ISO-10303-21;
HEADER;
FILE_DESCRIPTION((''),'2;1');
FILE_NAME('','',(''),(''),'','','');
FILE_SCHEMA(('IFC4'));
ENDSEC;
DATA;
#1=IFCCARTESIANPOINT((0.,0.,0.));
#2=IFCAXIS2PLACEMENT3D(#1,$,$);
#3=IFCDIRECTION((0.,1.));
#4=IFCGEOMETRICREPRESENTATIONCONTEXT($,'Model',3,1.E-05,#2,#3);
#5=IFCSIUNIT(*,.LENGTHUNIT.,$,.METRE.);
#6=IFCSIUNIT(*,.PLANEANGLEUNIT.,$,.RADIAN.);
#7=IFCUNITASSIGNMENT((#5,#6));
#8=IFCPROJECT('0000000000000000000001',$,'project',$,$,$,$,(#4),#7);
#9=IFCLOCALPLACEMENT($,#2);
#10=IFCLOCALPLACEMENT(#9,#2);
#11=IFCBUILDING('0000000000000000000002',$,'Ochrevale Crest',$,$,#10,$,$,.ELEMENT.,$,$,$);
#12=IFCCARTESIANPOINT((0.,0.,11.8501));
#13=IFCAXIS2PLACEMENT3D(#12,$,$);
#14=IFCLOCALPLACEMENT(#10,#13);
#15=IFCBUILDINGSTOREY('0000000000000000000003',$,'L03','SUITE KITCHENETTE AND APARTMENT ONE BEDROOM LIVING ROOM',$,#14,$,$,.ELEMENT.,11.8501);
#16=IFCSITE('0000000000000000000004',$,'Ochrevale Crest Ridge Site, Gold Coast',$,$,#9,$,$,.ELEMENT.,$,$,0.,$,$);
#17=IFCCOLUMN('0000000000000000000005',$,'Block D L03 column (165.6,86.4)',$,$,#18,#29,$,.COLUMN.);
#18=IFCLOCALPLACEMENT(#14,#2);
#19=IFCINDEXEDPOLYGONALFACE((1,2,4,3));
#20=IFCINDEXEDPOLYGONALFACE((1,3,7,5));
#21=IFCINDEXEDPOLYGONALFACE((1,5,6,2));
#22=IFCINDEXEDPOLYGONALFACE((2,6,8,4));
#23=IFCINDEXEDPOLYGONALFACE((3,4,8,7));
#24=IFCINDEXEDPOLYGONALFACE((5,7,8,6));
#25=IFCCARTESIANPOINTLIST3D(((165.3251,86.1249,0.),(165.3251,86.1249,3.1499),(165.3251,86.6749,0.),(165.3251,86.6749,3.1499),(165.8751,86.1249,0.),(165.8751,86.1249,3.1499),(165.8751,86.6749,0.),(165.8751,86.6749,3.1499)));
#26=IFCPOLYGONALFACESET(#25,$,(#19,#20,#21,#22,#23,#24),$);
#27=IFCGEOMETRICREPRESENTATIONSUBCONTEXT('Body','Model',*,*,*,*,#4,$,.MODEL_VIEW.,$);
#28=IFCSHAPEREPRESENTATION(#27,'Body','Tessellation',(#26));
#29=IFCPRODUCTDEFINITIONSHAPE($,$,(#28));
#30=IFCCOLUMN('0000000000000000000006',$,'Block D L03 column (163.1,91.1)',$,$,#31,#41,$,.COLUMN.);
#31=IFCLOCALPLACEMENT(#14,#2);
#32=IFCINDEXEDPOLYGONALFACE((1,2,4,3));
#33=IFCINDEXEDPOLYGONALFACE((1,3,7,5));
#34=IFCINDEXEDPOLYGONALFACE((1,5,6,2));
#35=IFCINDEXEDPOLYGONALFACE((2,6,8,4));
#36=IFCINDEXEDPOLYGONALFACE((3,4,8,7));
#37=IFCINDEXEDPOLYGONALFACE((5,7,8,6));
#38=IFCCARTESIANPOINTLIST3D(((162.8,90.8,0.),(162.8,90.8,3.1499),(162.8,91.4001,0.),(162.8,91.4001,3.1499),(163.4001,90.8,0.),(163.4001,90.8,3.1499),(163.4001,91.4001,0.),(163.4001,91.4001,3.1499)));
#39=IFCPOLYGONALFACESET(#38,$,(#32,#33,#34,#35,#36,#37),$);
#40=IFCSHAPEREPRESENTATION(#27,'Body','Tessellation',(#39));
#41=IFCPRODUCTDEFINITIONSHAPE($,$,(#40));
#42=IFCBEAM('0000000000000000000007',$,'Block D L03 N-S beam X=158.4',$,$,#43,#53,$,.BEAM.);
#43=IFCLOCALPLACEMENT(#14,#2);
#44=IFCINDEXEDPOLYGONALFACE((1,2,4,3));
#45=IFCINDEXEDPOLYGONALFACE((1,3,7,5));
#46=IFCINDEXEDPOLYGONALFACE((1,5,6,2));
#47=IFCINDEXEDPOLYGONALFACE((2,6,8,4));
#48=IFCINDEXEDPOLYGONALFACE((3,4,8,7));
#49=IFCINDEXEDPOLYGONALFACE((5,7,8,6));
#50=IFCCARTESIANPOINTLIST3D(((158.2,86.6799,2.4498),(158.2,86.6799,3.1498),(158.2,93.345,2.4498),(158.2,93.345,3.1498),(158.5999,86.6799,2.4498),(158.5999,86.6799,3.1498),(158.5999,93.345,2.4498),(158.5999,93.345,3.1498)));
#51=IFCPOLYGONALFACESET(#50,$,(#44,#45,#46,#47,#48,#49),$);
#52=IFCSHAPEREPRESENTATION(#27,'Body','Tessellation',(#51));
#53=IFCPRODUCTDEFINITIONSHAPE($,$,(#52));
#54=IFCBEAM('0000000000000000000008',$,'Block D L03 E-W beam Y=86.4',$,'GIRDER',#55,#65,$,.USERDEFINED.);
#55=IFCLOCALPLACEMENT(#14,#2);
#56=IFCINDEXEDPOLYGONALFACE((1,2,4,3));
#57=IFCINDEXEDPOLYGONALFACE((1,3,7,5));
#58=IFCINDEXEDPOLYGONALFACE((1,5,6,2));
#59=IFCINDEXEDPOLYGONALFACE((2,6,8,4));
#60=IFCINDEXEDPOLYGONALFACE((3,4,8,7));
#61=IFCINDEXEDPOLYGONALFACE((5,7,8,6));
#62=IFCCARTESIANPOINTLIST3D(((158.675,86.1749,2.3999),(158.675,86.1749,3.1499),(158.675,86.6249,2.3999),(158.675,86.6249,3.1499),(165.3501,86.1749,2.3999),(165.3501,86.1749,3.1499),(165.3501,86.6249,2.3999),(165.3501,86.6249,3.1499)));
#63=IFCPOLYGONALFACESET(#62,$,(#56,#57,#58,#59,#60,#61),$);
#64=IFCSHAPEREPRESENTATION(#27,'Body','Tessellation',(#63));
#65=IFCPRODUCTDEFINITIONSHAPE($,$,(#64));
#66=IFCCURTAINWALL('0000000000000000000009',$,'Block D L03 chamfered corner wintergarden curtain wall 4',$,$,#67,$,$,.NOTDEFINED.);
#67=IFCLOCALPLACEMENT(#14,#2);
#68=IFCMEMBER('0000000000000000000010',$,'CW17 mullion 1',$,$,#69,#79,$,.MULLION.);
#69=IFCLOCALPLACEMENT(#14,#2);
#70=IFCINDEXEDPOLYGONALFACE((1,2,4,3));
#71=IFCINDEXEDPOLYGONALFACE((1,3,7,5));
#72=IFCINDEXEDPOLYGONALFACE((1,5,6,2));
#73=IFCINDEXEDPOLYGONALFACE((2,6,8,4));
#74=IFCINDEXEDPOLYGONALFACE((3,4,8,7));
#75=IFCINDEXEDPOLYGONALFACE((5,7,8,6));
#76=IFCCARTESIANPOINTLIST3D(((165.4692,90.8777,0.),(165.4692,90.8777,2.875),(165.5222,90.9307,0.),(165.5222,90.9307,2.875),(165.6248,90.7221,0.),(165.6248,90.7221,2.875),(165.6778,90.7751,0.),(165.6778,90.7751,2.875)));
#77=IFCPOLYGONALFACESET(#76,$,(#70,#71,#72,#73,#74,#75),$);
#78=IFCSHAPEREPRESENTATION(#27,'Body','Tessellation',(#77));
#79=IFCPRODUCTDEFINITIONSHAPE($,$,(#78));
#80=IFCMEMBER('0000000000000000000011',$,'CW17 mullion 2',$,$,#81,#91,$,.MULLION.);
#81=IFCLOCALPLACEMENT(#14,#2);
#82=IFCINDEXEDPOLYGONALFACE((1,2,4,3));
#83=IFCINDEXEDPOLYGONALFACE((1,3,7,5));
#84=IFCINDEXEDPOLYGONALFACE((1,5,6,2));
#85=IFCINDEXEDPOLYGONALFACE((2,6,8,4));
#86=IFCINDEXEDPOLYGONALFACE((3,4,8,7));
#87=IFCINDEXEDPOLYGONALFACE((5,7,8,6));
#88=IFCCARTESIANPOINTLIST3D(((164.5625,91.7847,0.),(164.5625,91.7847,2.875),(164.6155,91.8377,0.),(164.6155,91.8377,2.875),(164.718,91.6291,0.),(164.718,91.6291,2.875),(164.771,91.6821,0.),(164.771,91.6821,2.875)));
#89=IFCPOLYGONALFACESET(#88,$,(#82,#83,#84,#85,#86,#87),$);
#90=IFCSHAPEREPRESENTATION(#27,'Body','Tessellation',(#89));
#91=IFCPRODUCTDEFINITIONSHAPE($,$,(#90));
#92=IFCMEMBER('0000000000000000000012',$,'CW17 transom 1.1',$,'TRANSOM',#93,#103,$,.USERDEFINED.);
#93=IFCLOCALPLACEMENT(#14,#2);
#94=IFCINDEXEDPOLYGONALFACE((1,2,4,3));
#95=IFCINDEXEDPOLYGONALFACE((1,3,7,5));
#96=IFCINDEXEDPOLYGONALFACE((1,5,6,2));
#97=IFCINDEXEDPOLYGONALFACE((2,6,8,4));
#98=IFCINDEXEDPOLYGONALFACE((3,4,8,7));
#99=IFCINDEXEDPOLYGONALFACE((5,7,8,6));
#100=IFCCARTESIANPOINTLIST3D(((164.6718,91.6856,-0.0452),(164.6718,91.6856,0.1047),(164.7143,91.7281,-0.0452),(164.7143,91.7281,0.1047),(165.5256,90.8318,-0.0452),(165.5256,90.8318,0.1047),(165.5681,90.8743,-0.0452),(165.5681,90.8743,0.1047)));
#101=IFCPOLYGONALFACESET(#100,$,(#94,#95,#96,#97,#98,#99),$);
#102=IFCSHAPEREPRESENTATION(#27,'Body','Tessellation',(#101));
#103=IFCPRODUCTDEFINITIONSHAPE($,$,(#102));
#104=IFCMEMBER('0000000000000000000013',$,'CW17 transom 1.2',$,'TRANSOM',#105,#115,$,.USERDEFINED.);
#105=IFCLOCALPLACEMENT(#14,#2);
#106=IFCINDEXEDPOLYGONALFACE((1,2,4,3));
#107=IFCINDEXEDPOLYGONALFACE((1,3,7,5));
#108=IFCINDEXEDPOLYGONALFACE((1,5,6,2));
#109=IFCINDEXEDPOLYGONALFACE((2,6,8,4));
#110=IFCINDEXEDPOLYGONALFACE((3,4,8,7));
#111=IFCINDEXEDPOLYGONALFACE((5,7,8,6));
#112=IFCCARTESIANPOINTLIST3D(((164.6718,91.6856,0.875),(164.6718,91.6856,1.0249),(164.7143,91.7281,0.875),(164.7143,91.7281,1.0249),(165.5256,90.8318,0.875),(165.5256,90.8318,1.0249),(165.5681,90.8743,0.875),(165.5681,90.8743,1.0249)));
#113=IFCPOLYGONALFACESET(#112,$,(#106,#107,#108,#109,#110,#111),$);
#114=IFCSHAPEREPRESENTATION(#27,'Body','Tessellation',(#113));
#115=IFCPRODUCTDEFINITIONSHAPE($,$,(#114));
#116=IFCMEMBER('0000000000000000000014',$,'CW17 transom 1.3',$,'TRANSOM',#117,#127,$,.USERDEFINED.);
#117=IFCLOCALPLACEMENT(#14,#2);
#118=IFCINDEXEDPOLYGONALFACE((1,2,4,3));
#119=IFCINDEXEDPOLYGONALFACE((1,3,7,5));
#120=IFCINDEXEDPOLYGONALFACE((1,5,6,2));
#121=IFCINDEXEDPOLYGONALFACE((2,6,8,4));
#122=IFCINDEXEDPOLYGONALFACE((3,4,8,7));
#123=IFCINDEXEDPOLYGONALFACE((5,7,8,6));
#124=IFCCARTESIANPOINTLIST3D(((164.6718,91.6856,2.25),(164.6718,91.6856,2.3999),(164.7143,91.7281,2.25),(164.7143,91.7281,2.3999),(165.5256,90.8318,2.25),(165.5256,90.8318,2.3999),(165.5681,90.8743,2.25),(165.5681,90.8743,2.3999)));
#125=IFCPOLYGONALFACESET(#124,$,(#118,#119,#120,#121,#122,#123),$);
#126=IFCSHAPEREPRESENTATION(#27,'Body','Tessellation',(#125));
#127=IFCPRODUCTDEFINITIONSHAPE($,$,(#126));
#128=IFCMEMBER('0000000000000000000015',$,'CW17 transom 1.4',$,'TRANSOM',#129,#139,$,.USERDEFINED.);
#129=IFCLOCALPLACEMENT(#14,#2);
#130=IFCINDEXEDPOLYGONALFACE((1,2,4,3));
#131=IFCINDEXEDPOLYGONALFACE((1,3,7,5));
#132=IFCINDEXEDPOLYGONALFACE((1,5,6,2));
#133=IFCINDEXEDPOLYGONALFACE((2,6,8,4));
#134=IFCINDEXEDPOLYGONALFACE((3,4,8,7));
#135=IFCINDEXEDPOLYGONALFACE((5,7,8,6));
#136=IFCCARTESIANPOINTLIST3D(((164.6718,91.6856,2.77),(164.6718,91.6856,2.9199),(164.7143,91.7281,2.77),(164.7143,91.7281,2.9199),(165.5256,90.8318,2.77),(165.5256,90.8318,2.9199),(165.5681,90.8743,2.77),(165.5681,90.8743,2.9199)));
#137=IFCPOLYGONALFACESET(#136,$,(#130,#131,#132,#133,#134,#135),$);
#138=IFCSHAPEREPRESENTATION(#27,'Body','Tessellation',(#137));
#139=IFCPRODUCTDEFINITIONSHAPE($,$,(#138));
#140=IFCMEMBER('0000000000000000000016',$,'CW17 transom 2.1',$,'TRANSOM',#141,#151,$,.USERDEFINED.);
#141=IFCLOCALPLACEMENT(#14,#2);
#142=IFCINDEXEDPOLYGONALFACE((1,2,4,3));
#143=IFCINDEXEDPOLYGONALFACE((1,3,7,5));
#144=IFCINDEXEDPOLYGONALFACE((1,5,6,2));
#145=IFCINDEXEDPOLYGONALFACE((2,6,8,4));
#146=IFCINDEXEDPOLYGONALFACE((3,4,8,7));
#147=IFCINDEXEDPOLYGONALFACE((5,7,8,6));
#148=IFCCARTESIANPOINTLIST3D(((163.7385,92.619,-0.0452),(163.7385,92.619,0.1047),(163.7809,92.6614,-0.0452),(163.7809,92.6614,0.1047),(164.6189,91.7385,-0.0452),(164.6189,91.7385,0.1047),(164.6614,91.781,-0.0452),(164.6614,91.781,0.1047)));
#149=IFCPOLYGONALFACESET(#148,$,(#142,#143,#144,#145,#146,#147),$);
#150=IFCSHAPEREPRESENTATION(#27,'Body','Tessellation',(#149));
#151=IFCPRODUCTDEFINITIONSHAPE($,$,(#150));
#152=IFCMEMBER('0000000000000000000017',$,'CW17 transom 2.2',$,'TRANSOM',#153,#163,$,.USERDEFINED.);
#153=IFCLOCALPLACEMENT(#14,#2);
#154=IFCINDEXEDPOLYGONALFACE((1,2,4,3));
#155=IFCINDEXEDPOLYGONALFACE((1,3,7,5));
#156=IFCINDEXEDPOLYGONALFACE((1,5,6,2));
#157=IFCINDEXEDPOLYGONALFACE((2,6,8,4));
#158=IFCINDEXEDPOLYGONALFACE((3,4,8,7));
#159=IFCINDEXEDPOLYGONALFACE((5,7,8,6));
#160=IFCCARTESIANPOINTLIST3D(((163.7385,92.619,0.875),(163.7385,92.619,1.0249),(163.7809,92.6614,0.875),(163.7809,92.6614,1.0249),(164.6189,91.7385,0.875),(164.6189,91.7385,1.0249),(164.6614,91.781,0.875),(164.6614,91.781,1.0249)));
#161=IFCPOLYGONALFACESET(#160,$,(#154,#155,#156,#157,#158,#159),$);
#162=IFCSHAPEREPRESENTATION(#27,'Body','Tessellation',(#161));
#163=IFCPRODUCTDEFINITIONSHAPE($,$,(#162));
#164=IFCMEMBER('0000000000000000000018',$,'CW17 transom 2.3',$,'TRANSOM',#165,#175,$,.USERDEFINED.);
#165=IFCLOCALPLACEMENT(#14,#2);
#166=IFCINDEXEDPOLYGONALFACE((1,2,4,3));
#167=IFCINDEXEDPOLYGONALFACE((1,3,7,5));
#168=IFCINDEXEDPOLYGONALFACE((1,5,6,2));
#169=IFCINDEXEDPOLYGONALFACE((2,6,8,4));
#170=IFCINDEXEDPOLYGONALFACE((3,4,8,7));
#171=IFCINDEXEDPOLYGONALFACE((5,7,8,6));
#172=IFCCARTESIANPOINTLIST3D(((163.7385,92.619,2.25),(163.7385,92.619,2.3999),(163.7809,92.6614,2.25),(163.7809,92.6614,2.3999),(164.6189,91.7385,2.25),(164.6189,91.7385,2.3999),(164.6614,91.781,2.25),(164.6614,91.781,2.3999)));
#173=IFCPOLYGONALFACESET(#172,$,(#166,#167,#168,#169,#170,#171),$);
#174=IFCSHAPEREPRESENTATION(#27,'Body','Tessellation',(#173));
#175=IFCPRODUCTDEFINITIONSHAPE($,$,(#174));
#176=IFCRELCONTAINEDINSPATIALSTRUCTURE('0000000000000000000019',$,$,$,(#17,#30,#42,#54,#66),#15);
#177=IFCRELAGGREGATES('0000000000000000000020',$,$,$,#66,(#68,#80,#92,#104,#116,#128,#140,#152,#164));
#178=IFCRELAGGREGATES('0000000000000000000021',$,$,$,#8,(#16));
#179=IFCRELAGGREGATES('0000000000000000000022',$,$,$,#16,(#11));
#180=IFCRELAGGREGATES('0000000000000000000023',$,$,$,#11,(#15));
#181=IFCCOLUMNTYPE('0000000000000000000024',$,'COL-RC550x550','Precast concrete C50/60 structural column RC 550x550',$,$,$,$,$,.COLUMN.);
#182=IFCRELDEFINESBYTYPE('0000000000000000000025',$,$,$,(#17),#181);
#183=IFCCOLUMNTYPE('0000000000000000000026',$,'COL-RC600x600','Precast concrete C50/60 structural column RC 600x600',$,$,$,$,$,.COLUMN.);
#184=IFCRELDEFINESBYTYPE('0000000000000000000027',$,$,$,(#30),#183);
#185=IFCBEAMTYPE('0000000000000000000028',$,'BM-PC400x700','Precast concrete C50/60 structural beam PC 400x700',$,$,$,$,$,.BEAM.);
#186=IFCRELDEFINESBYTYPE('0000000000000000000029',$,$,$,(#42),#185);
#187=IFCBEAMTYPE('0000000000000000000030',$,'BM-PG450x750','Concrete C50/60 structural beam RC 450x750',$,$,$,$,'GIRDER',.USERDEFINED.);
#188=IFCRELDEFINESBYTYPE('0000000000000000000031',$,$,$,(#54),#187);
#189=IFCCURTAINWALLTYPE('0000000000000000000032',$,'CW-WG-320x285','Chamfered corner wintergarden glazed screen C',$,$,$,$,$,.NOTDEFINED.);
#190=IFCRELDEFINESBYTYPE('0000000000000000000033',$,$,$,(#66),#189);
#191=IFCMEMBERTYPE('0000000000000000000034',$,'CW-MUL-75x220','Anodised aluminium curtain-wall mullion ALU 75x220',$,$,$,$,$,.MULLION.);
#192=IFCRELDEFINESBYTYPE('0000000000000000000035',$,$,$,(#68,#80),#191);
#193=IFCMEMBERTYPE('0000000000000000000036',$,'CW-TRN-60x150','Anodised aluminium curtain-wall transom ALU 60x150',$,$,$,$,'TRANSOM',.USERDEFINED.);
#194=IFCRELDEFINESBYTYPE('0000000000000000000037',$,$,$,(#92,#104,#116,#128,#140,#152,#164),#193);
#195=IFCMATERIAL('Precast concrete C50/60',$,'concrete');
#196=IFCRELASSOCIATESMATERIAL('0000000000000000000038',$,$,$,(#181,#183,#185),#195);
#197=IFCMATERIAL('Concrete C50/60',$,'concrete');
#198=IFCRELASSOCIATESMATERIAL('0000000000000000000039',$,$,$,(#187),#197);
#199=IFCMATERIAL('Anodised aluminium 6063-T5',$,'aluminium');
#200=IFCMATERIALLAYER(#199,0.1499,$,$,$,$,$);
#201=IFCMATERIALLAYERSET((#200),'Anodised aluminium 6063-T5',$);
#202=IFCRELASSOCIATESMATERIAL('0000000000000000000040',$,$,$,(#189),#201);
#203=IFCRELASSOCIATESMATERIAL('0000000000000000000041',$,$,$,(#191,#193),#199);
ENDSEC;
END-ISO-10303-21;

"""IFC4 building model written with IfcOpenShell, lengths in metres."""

from ifc_helpers import new_model, si_unit, direction, frame, origin, origin_2d, place, context, subcontext, project, spatial, rectangle, extrude, material, layer, layer_set, material_profile, profile_set, type_object, element, aggregate, save


model = new_model("IFC4")

# Units and contexts
model_context = context("Model", 3, precision=1e-05, world=origin(), true_north=direction((0.0, 1.0)))
body_context = subcontext(model_context, "Body", "Model", "MODEL_VIEW")
ifc_project = project(units=[si_unit("LENGTHUNIT", "METRE"), si_unit("PLANEANGLEUNIT", "RADIAN")], contexts=[model_context])

# Site, building, storey
site_placement = place(None, origin())
site = spatial("IfcSite", under=ifc_project, at=site_placement, Name="Ochrevale Crest Ridge Site, Gold Coast", CompositionType="ELEMENT", RefElevation=0.0)
building_placement = place(site_placement, origin())
building = spatial("IfcBuilding", under=site, at=building_placement, Name="Ochrevale Crest", CompositionType="ELEMENT")
storey_placement = place(building_placement, frame((0.0, 0.0, 11.8501)))
storey = spatial("IfcBuildingStorey", under=building, at=storey_placement, Name="L03", Description="SUITE KITCHENETTE AND APARTMENT ONE BEDROOM LIVING ROOM", CompositionType="ELEMENT", Elevation=11.8501)

# Columns
ifc_material_1 = material(Name="Precast concrete C50/60", Category="concrete")
ifc_material_profile_1 = material_profile(ifc_material_1, rectangle(XDim=0.55, YDim=0.55, at=origin_2d()), Name="RC 550x550")
ifc_profile_set_1 = profile_set([ifc_material_profile_1], Name="Precast concrete C50/60")
column_type_1 = type_object("IfcColumnType", Name="COL-RC550x550", Description="Precast concrete C50/60 structural column RC 550x550", PredefinedType="COLUMN", material=ifc_profile_set_1)
column_1_placement = place(storey_placement, frame((165.6001, 86.3999, 0.0), z_axis=(0.0, 0.0, 1.0), x_axis=(1.0, 0.0, 0.0)))
element("IfcColumn", 1, at=column_1_placement, inside=storey, type_object=column_type_1, Name="Block D L03 column (165.6,86.4)", PredefinedType="COLUMN", context=body_context, shape_type="SweptSolid", body=[
    extrude(rectangle(XDim=0.55, YDim=0.55, at=origin_2d()), origin(), (0.0, 0.0, 1.0), 3.1499),
])
ifc_material_profile_2 = material_profile(ifc_material_1, rectangle(XDim=0.6001, YDim=0.6001, at=origin_2d()), Name="RC 600x600")
ifc_profile_set_2 = profile_set([ifc_material_profile_2], Name="Precast concrete C50/60")
column_type_2 = type_object("IfcColumnType", Name="COL-RC600x600", Description="Precast concrete C50/60 structural column RC 600x600", PredefinedType="COLUMN", material=ifc_profile_set_2)
column_2_placement = place(storey_placement, frame((163.1001, 91.1001, 0.0), z_axis=(0.0, 0.0, 1.0), x_axis=(1.0, 0.0, 0.0)))
element("IfcColumn", 2, at=column_2_placement, inside=storey, type_object=column_type_2, Name="Block D L03 column (163.1,91.1)", PredefinedType="COLUMN", context=body_context, shape_type="SweptSolid", body=[
    extrude(rectangle(XDim=0.6001, YDim=0.6001, at=origin_2d()), origin(), (0.0, 0.0, 1.0), 3.1499),
])

# Beams
ifc_material_profile_3 = material_profile(ifc_material_1, rectangle(XDim=0.3999, YDim=0.7, at=origin_2d()), Name="PC 400x700")
ifc_profile_set_3 = profile_set([ifc_material_profile_3], Name="Precast concrete C50/60")
beam_type_1 = type_object("IfcBeamType", Name="BM-PC400x700", Description="Precast concrete C50/60 structural beam PC 400x700", PredefinedType="BEAM", material=ifc_profile_set_3)
beam_1_placement = place(storey_placement, frame((158.3999, 86.6799, 2.7998), z_axis=(0.0, 1.0, 0.0), x_axis=(-1.0, 0.0, 0.0)))
element("IfcBeam", 3, at=beam_1_placement, inside=storey, type_object=beam_type_1, Name="Block D L03 N-S beam X=158.4", PredefinedType="BEAM", context=body_context, shape_type="SweptSolid", body=[
    extrude(rectangle(XDim=0.3999, YDim=0.7, at=origin_2d()), origin(), (0.0, 0.0, 1.0), 6.665),
])
ifc_material_2 = material(Name="Concrete C50/60", Category="concrete")
ifc_material_profile_4 = material_profile(ifc_material_2, rectangle(XDim=0.45, YDim=0.75, at=origin_2d()), Name="RC 450x750")
ifc_profile_set_4 = profile_set([ifc_material_profile_4], Name="Concrete C50/60")
beam_type_2 = type_object("IfcBeamType", Name="BM-PG450x750", Description="Concrete C50/60 structural beam RC 450x750", ElementType="GIRDER", PredefinedType="USERDEFINED", material=ifc_profile_set_4)
beam_2_placement = place(storey_placement, frame((158.675, 86.3999, 2.7749), z_axis=(1.0, 0.0, 0.0), x_axis=(0.0, 1.0, 0.0)))
element("IfcBeam", 4, at=beam_2_placement, inside=storey, type_object=beam_type_2, Name="Block D L03 E-W beam Y=86.4", ObjectType="GIRDER", PredefinedType="USERDEFINED", context=body_context, shape_type="SweptSolid", body=[
    extrude(rectangle(XDim=0.45, YDim=0.75, at=origin_2d()), origin(), (0.0, 0.0, 1.0), 6.675),
])

# Curtain wall, members
ifc_material_3 = material(Name="Anodised aluminium 6063-T5", Category="aluminium")
ifc_layer_1 = layer(ifc_material_3, 0.1499)
ifc_layer_set_1 = layer_set([ifc_layer_1], Name="Anodised aluminium 6063-T5")
curtain_wall_type = type_object("IfcCurtainWallType", Name="CW-WG-320x285", Description="Chamfered corner wintergarden glazed screen C", PredefinedType="NOTDEFINED", material=ifc_layer_set_1)
curtain_wall_placement = place(storey_placement, origin())
curtain_wall = element("IfcCurtainWall", 5, at=curtain_wall_placement, inside=storey, type_object=curtain_wall_type, Name="Block D L03 chamfered corner wintergarden curtain wall 4", PredefinedType="NOTDEFINED")
ifc_material_profile_5 = material_profile(ifc_material_3, rectangle(XDim=0.075, YDim=0.22, at=origin_2d()), Name="ALU 75x220")
ifc_profile_set_5 = profile_set([ifc_material_profile_5], Name="Anodised aluminium 6063-T5")
member_type_1 = type_object("IfcMemberType", Name="CW-MUL-75x220", Description="Anodised aluminium curtain-wall mullion ALU 75x220", PredefinedType="MULLION", material=ifc_profile_set_5)
member_1_placement = place(storey_placement, frame((165.5735, 90.8264, 0.0), z_axis=(0.0, 0.0, 1.0), x_axis=(-0.707107, -0.707107, 0.0)))
member_1 = element("IfcMember", 6, at=member_1_placement, type_object=member_type_1, Name="CW17 mullion 1", PredefinedType="MULLION", context=body_context, shape_type="SweptSolid", body=[
    extrude(rectangle(XDim=0.075, YDim=0.22, at=origin_2d()), origin(), (0.0, 0.0, 1.0), 2.875),
])
member_2_placement = place(storey_placement, frame((164.6667, 91.7334, 0.0), z_axis=(0.0, 0.0, 1.0), x_axis=(-0.707107, -0.707107, 0.0)))
member_2 = element("IfcMember", 7, at=member_2_placement, type_object=member_type_1, Name="CW17 mullion 2", PredefinedType="MULLION", context=body_context, shape_type="SweptSolid", body=[
    extrude(rectangle(XDim=0.075, YDim=0.22, at=origin_2d()), origin(), (0.0, 0.0, 1.0), 2.875),
])
ifc_material_profile_6 = material_profile(ifc_material_3, rectangle(XDim=0.0601, YDim=0.1499, at=origin_2d()), Name="ALU 60x150")
ifc_profile_set_6 = profile_set([ifc_material_profile_6], Name="Anodised aluminium 6063-T5")
member_type_2 = type_object("IfcMemberType", Name="CW-TRN-60x150", Description="Anodised aluminium curtain-wall transom ALU 60x150", ElementType="TRANSOM", PredefinedType="USERDEFINED", material=ifc_profile_set_6)
member_3_placement = place(storey_placement, frame((165.5469, 90.853, 0.0298), z_axis=(-0.707107, 0.707107, 0.0), x_axis=(-0.707107, -0.707107, 0.0)))
member_3 = element("IfcMember", 8, at=member_3_placement, type_object=member_type_2, Name="CW17 transom 1.1", ObjectType="TRANSOM", PredefinedType="USERDEFINED", context=body_context, shape_type="SweptSolid", body=[
    extrude(rectangle(XDim=0.0601, YDim=0.1499, at=origin_2d()), origin(), (0.0, 0.0, 1.0), 1.2075),
])
member_4_placement = place(storey_placement, frame((165.5469, 90.853, 0.95), z_axis=(-0.707107, 0.707107, 0.0), x_axis=(-0.707107, -0.707107, 0.0)))
member_4 = element("IfcMember", 9, at=member_4_placement, type_object=member_type_2, Name="CW17 transom 1.2", ObjectType="TRANSOM", PredefinedType="USERDEFINED", context=body_context, shape_type="SweptSolid", body=[
    extrude(rectangle(XDim=0.0601, YDim=0.1499, at=origin_2d()), origin(), (0.0, 0.0, 1.0), 1.2075),
])
member_5_placement = place(storey_placement, frame((165.5469, 90.853, 2.325), z_axis=(-0.707107, 0.707107, 0.0), x_axis=(-0.707107, -0.707107, 0.0)))
member_5 = element("IfcMember", 10, at=member_5_placement, type_object=member_type_2, Name="CW17 transom 1.3", ObjectType="TRANSOM", PredefinedType="USERDEFINED", context=body_context, shape_type="SweptSolid", body=[
    extrude(rectangle(XDim=0.0601, YDim=0.1499, at=origin_2d()), origin(), (0.0, 0.0, 1.0), 1.2075),
])
member_6_placement = place(storey_placement, frame((165.5469, 90.853, 2.845), z_axis=(-0.707107, 0.707107, 0.0), x_axis=(-0.707107, -0.707107, 0.0)))
member_6 = element("IfcMember", 11, at=member_6_placement, type_object=member_type_2, Name="CW17 transom 1.4", ObjectType="TRANSOM", PredefinedType="USERDEFINED", context=body_context, shape_type="SweptSolid", body=[
    extrude(rectangle(XDim=0.0601, YDim=0.1499, at=origin_2d()), origin(), (0.0, 0.0, 1.0), 1.2075),
])
member_7_placement = place(storey_placement, frame((164.6401, 91.7598, 0.0298), z_axis=(-0.707107, 0.707107, 0.0), x_axis=(-0.707107, -0.707107, 0.0)))
member_7 = element("IfcMember", 12, at=member_7_placement, type_object=member_type_2, Name="CW17 transom 2.1", ObjectType="TRANSOM", PredefinedType="USERDEFINED", context=body_context, shape_type="SweptSolid", body=[
    extrude(rectangle(XDim=0.0601, YDim=0.1499, at=origin_2d()), origin(), (0.0, 0.0, 1.0), 1.2451),
])
member_8_placement = place(storey_placement, frame((164.6401, 91.7598, 0.95), z_axis=(-0.707107, 0.707107, 0.0), x_axis=(-0.707107, -0.707107, 0.0)))
member_8 = element("IfcMember", 13, at=member_8_placement, type_object=member_type_2, Name="CW17 transom 2.2", ObjectType="TRANSOM", PredefinedType="USERDEFINED", context=body_context, shape_type="SweptSolid", body=[
    extrude(rectangle(XDim=0.0601, YDim=0.1499, at=origin_2d()), origin(), (0.0, 0.0, 1.0), 1.2451),
])
member_9_placement = place(storey_placement, frame((164.6401, 91.7598, 2.325), z_axis=(-0.707107, 0.707107, 0.0), x_axis=(-0.707107, -0.707107, 0.0)))
member_9 = element("IfcMember", 14, at=member_9_placement, type_object=member_type_2, Name="CW17 transom 2.3", ObjectType="TRANSOM", PredefinedType="USERDEFINED", context=body_context, shape_type="SweptSolid", body=[
    extrude(rectangle(XDim=0.0601, YDim=0.1499, at=origin_2d()), origin(), (0.0, 0.0, 1.0), 1.2451),
])
aggregate(curtain_wall, [member_1, member_2, member_3, member_4, member_5, member_6, member_7, member_8, member_9])

save(model, "model.ifc")
